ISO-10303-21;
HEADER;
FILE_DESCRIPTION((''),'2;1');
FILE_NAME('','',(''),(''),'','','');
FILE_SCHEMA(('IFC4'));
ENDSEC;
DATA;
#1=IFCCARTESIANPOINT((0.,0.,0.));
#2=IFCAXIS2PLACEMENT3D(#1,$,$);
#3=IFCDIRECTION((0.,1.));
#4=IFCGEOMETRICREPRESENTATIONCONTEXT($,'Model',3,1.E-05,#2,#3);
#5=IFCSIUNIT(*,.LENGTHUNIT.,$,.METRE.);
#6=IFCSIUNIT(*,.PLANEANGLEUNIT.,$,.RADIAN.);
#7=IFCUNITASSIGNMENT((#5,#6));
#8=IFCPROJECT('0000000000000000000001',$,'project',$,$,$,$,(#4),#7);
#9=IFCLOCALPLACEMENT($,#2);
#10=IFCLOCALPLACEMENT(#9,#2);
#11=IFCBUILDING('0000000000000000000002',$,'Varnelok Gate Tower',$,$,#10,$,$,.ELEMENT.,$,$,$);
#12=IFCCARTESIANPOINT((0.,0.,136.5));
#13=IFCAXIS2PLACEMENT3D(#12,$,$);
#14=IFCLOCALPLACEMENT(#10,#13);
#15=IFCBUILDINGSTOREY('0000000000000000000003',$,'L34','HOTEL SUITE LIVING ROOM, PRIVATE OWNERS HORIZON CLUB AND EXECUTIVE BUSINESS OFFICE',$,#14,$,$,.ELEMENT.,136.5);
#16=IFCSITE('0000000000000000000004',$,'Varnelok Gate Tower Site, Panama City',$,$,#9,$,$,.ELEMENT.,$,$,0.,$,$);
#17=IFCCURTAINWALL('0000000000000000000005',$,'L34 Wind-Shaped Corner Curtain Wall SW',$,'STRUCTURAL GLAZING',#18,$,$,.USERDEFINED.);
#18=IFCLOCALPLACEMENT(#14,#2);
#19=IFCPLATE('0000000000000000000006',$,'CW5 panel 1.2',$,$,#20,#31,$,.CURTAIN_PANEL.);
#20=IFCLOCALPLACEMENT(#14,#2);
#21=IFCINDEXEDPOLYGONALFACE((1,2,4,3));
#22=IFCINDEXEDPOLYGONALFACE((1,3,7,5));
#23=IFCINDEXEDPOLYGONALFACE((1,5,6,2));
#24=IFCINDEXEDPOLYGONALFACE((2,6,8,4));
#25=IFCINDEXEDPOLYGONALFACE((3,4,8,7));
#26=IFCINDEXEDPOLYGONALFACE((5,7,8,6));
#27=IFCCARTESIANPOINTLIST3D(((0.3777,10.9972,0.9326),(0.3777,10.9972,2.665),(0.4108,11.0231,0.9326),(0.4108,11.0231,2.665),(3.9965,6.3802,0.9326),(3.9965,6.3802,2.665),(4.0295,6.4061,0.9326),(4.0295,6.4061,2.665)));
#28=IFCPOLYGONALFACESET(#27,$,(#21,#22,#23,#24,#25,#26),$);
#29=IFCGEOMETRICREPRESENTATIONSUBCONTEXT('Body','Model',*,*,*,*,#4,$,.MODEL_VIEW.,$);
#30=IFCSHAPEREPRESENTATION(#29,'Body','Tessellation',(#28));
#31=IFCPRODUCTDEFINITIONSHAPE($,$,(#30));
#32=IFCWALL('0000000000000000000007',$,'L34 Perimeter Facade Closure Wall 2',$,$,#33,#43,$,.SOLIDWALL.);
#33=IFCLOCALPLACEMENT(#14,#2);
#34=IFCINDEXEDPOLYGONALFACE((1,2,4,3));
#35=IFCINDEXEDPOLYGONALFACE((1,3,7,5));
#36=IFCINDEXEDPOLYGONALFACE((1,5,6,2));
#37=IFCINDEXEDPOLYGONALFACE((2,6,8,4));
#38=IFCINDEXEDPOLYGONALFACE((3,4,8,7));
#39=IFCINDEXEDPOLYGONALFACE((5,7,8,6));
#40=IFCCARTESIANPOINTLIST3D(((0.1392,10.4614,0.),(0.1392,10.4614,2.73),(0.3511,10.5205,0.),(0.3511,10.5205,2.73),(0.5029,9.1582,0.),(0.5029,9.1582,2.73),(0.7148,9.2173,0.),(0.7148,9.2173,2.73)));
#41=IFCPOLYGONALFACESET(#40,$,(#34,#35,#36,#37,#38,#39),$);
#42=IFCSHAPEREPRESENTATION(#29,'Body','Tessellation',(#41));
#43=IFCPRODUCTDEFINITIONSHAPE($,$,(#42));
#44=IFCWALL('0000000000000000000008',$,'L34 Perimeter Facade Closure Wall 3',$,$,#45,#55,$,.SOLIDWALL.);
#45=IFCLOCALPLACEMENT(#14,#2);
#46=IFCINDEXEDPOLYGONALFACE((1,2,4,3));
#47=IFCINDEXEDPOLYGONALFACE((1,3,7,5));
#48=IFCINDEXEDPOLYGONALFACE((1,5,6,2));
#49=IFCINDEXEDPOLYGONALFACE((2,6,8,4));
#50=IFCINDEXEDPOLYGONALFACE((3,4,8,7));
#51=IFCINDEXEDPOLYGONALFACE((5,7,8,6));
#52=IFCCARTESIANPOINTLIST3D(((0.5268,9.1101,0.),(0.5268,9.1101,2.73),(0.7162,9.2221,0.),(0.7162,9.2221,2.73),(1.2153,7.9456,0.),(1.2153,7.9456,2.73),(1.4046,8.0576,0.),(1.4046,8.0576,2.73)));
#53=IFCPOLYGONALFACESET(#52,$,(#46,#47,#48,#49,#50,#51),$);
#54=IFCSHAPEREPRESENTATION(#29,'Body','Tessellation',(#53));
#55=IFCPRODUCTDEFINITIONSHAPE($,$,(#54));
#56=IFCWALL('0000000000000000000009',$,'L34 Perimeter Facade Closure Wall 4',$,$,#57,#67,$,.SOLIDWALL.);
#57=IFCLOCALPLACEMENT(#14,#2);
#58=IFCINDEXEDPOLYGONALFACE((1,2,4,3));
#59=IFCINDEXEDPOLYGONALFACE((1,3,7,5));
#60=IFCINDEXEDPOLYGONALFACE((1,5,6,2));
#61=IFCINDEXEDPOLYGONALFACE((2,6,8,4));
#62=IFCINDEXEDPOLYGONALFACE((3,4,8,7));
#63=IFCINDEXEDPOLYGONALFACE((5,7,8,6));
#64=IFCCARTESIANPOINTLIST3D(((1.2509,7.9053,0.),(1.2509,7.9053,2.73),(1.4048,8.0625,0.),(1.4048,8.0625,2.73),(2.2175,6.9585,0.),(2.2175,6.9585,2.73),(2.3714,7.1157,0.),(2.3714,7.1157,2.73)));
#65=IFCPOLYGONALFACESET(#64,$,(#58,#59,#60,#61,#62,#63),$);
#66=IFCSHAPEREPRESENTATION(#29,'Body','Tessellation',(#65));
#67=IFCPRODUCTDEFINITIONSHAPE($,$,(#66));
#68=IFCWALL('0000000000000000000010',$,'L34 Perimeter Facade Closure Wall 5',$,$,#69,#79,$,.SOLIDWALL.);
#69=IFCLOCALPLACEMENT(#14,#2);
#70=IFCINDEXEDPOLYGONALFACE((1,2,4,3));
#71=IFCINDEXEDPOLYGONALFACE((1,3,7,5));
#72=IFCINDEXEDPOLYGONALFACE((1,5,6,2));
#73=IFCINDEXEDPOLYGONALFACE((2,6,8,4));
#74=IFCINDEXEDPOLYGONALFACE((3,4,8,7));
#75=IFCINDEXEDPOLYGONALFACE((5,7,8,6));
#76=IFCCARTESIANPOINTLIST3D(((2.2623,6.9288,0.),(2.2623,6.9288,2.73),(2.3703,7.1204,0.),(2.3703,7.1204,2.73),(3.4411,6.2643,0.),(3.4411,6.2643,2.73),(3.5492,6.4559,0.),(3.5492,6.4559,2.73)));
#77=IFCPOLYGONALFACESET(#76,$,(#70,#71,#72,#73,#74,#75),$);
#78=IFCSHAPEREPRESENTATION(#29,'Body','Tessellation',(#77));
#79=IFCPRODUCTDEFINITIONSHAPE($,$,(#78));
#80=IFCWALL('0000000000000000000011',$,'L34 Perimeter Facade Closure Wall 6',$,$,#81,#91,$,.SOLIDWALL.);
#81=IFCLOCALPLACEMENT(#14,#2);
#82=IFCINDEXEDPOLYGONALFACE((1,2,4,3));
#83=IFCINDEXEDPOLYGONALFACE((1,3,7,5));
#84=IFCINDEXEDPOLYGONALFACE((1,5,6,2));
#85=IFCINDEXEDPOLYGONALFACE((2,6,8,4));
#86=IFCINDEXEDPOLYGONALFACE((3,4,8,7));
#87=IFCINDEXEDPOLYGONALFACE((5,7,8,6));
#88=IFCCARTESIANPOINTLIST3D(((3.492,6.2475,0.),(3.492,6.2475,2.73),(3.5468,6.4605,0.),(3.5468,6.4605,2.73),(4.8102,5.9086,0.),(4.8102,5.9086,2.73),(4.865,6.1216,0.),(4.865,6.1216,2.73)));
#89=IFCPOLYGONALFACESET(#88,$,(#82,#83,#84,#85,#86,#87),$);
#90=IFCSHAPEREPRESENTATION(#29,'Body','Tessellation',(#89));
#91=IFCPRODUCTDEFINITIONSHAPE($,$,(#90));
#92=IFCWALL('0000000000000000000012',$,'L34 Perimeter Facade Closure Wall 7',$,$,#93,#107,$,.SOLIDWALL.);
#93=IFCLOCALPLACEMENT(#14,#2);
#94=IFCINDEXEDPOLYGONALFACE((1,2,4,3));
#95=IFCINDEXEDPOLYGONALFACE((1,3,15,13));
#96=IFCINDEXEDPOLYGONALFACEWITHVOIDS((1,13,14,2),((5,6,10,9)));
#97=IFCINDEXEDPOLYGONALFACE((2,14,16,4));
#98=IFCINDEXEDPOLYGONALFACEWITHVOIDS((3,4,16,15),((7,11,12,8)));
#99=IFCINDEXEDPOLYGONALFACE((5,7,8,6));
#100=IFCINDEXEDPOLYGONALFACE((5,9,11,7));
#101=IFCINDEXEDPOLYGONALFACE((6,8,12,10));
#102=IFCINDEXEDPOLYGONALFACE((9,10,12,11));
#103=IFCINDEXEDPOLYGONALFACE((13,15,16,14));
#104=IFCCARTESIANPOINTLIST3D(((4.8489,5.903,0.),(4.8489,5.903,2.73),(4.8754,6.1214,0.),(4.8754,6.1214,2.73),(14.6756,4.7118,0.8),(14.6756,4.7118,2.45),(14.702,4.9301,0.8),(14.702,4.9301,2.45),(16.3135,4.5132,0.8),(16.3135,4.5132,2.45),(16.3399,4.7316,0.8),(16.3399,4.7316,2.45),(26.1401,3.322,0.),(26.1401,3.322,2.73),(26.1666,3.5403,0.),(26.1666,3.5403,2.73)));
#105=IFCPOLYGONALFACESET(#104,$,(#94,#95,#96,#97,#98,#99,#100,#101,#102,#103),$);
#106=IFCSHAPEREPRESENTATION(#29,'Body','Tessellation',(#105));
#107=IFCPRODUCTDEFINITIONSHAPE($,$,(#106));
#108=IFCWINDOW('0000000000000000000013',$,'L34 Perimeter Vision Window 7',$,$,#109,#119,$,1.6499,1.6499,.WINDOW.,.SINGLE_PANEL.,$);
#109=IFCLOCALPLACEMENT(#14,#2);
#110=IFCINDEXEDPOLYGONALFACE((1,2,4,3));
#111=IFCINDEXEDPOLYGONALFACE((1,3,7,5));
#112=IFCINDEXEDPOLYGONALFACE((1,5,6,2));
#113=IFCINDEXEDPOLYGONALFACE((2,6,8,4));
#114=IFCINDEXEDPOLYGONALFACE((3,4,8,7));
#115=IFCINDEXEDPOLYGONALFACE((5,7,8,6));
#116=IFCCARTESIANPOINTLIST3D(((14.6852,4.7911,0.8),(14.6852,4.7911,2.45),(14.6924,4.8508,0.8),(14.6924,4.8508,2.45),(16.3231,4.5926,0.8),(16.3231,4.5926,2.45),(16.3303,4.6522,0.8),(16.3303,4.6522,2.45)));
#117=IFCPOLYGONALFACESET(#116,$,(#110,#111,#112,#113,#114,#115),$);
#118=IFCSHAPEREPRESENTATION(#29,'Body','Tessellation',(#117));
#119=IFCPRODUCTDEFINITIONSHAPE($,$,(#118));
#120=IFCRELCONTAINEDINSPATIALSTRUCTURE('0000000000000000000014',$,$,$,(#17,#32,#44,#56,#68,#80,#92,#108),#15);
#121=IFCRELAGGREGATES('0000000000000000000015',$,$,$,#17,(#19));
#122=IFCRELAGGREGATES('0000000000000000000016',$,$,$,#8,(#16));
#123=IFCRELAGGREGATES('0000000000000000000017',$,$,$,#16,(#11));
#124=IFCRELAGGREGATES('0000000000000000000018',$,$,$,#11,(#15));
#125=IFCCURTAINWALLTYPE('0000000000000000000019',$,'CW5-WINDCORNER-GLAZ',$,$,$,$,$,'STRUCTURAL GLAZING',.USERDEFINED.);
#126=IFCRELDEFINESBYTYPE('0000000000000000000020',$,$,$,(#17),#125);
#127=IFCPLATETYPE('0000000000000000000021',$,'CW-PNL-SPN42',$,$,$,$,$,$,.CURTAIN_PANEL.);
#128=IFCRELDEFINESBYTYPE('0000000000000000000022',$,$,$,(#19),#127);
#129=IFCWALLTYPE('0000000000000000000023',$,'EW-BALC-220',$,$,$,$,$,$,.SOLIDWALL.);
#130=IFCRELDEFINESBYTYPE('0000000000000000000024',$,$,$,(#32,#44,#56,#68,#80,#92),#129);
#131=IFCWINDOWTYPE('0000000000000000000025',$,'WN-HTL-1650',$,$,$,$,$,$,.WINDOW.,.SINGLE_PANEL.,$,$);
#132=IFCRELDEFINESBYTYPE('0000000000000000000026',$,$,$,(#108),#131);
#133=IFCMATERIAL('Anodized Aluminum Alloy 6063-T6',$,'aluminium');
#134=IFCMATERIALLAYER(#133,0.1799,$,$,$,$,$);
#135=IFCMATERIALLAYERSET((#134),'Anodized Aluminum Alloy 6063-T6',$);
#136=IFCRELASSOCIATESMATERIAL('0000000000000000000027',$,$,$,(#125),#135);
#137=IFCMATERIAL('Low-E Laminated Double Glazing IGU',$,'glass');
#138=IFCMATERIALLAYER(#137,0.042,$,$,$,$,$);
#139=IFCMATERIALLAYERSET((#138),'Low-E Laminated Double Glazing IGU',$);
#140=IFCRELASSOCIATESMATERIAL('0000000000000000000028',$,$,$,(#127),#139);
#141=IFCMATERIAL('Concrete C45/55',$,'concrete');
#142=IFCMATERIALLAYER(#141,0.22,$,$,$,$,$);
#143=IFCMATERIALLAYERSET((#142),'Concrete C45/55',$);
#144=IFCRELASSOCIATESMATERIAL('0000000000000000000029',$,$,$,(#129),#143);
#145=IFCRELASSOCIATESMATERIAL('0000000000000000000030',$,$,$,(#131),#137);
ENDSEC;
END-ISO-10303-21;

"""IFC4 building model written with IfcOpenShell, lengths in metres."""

from ifc_helpers import new_model, si_unit, direction, frame, frame_2d, origin, origin_2d, place, context, subcontext, project, spatial, rectangle, extrude, source, transform, mapped, material, layer, layer_set, type_object, element, fill, aggregate, save


model = new_model("IFC4")

# Units and contexts
model_context = context("Model", 3, precision=1e-05, world=origin(), true_north=direction((0.0, 1.0)))
body_context = subcontext(model_context, "Body", "Model", "MODEL_VIEW")
ifc_project = project(units=[si_unit("LENGTHUNIT", "METRE"), si_unit("PLANEANGLEUNIT", "RADIAN")], contexts=[model_context])

# Site, building, storey
site_placement = place(None, origin())
site = spatial("IfcSite", under=ifc_project, at=site_placement, Name="Varnelok Gate Tower Site, Panama City", CompositionType="ELEMENT", RefElevation=0.0)
building_placement = place(site_placement, origin())
building = spatial("IfcBuilding", under=site, at=building_placement, Name="Varnelok Gate Tower", CompositionType="ELEMENT")
storey_placement = place(building_placement, frame((0.0, 0.0, 136.5)))
storey = spatial("IfcBuildingStorey", under=building, at=storey_placement, Name="L34", Description="HOTEL SUITE LIVING ROOM, PRIVATE OWNERS HORIZON CLUB AND EXECUTIVE BUSINESS OFFICE", CompositionType="ELEMENT", Elevation=136.5)

# Curtain wall
ifc_material_1 = material(Name="Anodized Aluminum Alloy 6063-T6", Category="aluminium")
ifc_layer_1 = layer(ifc_material_1, 0.1799)
ifc_layer_set_1 = layer_set([ifc_layer_1], Name="Anodized Aluminum Alloy 6063-T6")
curtain_wall_type = type_object("IfcCurtainWallType", Name="CW5-WINDCORNER-GLAZ", ElementType="STRUCTURAL GLAZING", PredefinedType="USERDEFINED", material=ifc_layer_set_1)
curtain_wall_placement = place(storey_placement, origin())
curtain_wall = element("IfcCurtainWall", 1, at=curtain_wall_placement, inside=storey, type_object=curtain_wall_type, Name="L34 Wind-Shaped Corner Curtain Wall SW", ObjectType="STRUCTURAL GLAZING", PredefinedType="USERDEFINED")

# Shared definitions
ifc_material_2 = material(Name="Concrete C45/55", Category="concrete")

# Plate
ifc_material_3 = material(Name="Low-E Laminated Double Glazing IGU", Category="glass")
ifc_layer_2 = layer(ifc_material_3, 0.042)
ifc_layer_set_2 = layer_set([ifc_layer_2], Name="Low-E Laminated Double Glazing IGU")
plate_type = type_object("IfcPlateType", Name="CW-PNL-SPN42", PredefinedType="CURTAIN_PANEL", material=ifc_layer_set_2)
shared_shape_1 = source(origin(), body_context, "Body", "SweptSolid", [
    extrude(rectangle(XDim=5.8662, YDim=0.042, at=origin_2d()), origin(), (0.0, 0.0, 1.0), 1.7324),
])
plate_1_placement = place(storey_placement, frame((2.2036, 8.7017, 0.9326), z_axis=(0.0, 0.0, 1.0), x_axis=(0.616883, -0.787055, 0.0)))
plate_1 = element("IfcPlate", 2, at=plate_1_placement, type_object=plate_type, Name="CW5 panel 1.2", PredefinedType="CURTAIN_PANEL", context=body_context, shape_type="MappedRepresentation", body=[
    mapped(shared_shape_1, transform((0.0, 0.0, 0.0), scale=1.0)),
])
aggregate(curtain_wall, [plate_1])

# Walls
ifc_layer_3 = layer(ifc_material_2, 0.22)
ifc_layer_set_3 = layer_set([ifc_layer_3], Name="Concrete C45/55")
wall_type = type_object("IfcWallType", Name="EW-BALC-220", PredefinedType="SOLIDWALL", material=ifc_layer_set_3)
wall_1_placement = place(storey_placement, frame((0.2451, 10.491, 0.0), z_axis=(0.0, 0.0, 1.0), x_axis=(0.268853, -0.963181, 0.0)))
element("IfcWall", 3, at=wall_1_placement, inside=storey, type_object=wall_type, Name="L34 Perimeter Facade Closure Wall 2", PredefinedType="SOLIDWALL", context=body_context, shape_type="SweptSolid", body=[
    extrude(rectangle(XDim=1.353, YDim=0.22, at=frame_2d((0.6765, 0.0))), origin(), (0.0, 0.0, 1.0), 2.73),
])
wall_2_placement = place(storey_placement, frame((0.6216, 9.166, 0.0), z_axis=(0.0, 0.0, 1.0), x_axis=(0.508912, -0.860819, 0.0)))
element("IfcWall", 4, at=wall_2_placement, inside=storey, type_object=wall_type, Name="L34 Perimeter Facade Closure Wall 3", PredefinedType="SOLIDWALL", context=body_context, shape_type="SweptSolid", body=[
    extrude(rectangle(XDim=1.3528, YDim=0.22, at=frame_2d((0.6763, 0.0))), origin(), (0.0, 0.0, 1.0), 2.73),
])
wall_3_placement = place(storey_placement, frame((1.3279, 7.9839, 0.0), z_axis=(0.0, 0.0, 1.0), x_axis=(0.714377, -0.699761, 0.0)))
element("IfcWall", 5, at=wall_3_placement, inside=storey, type_object=wall_type, Name="L34 Perimeter Facade Closure Wall 4", PredefinedType="SOLIDWALL", context=body_context, shape_type="SweptSolid", body=[
    extrude(rectangle(XDim=1.353, YDim=0.22, at=frame_2d((0.6765, 0.0))), origin(), (0.0, 0.0, 1.0), 2.73),
])
wall_4_placement = place(storey_placement, frame((2.3162, 7.0247, 0.0), z_axis=(0.0, 0.0, 1.0), x_axis=(0.871137, -0.49104, 0.0)))
element("IfcWall", 6, at=wall_4_placement, inside=storey, type_object=wall_type, Name="L34 Perimeter Facade Closure Wall 5", PredefinedType="SOLIDWALL", context=body_context, shape_type="SweptSolid", body=[
    extrude(rectangle(XDim=1.3533, YDim=0.22, at=frame_2d((0.6768, 0.0))), origin(), (0.0, 0.0, 1.0), 2.73),
])
wall_5_placement = place(storey_placement, frame((3.5193, 6.354, 0.0), z_axis=(0.0, 0.0, 1.0), x_axis=(0.968507, -0.248988, 0.0)))
element("IfcWall", 7, at=wall_5_placement, inside=storey, type_object=wall_type, Name="L34 Perimeter Facade Closure Wall 6", PredefinedType="SOLIDWALL", context=body_context, shape_type="SweptSolid", body=[
    extrude(rectangle(XDim=1.3611, YDim=0.22, at=frame_2d((0.6807, 0.0))), origin(), (0.0, 0.0, 1.0), 2.73),
])

# Wall, opening, window
wall_6_placement = place(storey_placement, frame((4.8621, 6.0122, 0.0), z_axis=(0.0, 0.0, 1.0), x_axis=(0.992732, -0.120345, 0.0)))
wall_6 = element("IfcWall", 8, at=wall_6_placement, inside=storey, type_object=wall_type, Name="L34 Perimeter Facade Closure Wall 7", PredefinedType="SOLIDWALL", context=body_context, shape_type="SweptSolid", body=[
    extrude(rectangle(XDim=21.447, YDim=0.22, at=frame_2d((10.7236, 0.0))), origin(), (0.0, 0.0, 1.0), 2.73),
])
opening_placement = place(wall_6_placement, frame((9.8987, 0.0, 0.8)))
opening = element("IfcOpeningElement", 9, at=opening_placement, cuts=wall_6, PredefinedType="OPENING", context=body_context, shape_type="SweptSolid", body=[
    extrude(rectangle(XDim=1.6499, YDim=1.6499, at=frame_2d((0.825, 0.825))), frame((0.0, 0.1199, 0.0), z_axis=(0.0, -1.0, 0.0), x_axis=(1.0, 0.0, 0.0)), (0.0, 0.0, 1.0), 0.24),
])
window_type = type_object("IfcWindowType", Name="WN-HTL-1650", PartitioningType="SINGLE_PANEL", PredefinedType="WINDOW", material=ifc_material_3)
window_placement = place(opening_placement, origin())
window = element("IfcWindow", 10, at=window_placement, inside=storey, type_object=window_type, Name="L34 Perimeter Vision Window 7", OverallHeight=1.6499, OverallWidth=1.6499, PartitioningType="SINGLE_PANEL", PredefinedType="WINDOW", context=body_context, shape_type="SweptSolid", body=[
    extrude(rectangle(XDim=1.6499, YDim=1.6499, at=frame_2d((0.825, 0.825))), frame((0.0, 0.03, 0.0), z_axis=(0.0, -1.0, 0.0), x_axis=(1.0, 0.0, 0.0)), (0.0, 0.0, 1.0), 0.0601),
])
fill(opening, window)

save(model, "model.ifc")
